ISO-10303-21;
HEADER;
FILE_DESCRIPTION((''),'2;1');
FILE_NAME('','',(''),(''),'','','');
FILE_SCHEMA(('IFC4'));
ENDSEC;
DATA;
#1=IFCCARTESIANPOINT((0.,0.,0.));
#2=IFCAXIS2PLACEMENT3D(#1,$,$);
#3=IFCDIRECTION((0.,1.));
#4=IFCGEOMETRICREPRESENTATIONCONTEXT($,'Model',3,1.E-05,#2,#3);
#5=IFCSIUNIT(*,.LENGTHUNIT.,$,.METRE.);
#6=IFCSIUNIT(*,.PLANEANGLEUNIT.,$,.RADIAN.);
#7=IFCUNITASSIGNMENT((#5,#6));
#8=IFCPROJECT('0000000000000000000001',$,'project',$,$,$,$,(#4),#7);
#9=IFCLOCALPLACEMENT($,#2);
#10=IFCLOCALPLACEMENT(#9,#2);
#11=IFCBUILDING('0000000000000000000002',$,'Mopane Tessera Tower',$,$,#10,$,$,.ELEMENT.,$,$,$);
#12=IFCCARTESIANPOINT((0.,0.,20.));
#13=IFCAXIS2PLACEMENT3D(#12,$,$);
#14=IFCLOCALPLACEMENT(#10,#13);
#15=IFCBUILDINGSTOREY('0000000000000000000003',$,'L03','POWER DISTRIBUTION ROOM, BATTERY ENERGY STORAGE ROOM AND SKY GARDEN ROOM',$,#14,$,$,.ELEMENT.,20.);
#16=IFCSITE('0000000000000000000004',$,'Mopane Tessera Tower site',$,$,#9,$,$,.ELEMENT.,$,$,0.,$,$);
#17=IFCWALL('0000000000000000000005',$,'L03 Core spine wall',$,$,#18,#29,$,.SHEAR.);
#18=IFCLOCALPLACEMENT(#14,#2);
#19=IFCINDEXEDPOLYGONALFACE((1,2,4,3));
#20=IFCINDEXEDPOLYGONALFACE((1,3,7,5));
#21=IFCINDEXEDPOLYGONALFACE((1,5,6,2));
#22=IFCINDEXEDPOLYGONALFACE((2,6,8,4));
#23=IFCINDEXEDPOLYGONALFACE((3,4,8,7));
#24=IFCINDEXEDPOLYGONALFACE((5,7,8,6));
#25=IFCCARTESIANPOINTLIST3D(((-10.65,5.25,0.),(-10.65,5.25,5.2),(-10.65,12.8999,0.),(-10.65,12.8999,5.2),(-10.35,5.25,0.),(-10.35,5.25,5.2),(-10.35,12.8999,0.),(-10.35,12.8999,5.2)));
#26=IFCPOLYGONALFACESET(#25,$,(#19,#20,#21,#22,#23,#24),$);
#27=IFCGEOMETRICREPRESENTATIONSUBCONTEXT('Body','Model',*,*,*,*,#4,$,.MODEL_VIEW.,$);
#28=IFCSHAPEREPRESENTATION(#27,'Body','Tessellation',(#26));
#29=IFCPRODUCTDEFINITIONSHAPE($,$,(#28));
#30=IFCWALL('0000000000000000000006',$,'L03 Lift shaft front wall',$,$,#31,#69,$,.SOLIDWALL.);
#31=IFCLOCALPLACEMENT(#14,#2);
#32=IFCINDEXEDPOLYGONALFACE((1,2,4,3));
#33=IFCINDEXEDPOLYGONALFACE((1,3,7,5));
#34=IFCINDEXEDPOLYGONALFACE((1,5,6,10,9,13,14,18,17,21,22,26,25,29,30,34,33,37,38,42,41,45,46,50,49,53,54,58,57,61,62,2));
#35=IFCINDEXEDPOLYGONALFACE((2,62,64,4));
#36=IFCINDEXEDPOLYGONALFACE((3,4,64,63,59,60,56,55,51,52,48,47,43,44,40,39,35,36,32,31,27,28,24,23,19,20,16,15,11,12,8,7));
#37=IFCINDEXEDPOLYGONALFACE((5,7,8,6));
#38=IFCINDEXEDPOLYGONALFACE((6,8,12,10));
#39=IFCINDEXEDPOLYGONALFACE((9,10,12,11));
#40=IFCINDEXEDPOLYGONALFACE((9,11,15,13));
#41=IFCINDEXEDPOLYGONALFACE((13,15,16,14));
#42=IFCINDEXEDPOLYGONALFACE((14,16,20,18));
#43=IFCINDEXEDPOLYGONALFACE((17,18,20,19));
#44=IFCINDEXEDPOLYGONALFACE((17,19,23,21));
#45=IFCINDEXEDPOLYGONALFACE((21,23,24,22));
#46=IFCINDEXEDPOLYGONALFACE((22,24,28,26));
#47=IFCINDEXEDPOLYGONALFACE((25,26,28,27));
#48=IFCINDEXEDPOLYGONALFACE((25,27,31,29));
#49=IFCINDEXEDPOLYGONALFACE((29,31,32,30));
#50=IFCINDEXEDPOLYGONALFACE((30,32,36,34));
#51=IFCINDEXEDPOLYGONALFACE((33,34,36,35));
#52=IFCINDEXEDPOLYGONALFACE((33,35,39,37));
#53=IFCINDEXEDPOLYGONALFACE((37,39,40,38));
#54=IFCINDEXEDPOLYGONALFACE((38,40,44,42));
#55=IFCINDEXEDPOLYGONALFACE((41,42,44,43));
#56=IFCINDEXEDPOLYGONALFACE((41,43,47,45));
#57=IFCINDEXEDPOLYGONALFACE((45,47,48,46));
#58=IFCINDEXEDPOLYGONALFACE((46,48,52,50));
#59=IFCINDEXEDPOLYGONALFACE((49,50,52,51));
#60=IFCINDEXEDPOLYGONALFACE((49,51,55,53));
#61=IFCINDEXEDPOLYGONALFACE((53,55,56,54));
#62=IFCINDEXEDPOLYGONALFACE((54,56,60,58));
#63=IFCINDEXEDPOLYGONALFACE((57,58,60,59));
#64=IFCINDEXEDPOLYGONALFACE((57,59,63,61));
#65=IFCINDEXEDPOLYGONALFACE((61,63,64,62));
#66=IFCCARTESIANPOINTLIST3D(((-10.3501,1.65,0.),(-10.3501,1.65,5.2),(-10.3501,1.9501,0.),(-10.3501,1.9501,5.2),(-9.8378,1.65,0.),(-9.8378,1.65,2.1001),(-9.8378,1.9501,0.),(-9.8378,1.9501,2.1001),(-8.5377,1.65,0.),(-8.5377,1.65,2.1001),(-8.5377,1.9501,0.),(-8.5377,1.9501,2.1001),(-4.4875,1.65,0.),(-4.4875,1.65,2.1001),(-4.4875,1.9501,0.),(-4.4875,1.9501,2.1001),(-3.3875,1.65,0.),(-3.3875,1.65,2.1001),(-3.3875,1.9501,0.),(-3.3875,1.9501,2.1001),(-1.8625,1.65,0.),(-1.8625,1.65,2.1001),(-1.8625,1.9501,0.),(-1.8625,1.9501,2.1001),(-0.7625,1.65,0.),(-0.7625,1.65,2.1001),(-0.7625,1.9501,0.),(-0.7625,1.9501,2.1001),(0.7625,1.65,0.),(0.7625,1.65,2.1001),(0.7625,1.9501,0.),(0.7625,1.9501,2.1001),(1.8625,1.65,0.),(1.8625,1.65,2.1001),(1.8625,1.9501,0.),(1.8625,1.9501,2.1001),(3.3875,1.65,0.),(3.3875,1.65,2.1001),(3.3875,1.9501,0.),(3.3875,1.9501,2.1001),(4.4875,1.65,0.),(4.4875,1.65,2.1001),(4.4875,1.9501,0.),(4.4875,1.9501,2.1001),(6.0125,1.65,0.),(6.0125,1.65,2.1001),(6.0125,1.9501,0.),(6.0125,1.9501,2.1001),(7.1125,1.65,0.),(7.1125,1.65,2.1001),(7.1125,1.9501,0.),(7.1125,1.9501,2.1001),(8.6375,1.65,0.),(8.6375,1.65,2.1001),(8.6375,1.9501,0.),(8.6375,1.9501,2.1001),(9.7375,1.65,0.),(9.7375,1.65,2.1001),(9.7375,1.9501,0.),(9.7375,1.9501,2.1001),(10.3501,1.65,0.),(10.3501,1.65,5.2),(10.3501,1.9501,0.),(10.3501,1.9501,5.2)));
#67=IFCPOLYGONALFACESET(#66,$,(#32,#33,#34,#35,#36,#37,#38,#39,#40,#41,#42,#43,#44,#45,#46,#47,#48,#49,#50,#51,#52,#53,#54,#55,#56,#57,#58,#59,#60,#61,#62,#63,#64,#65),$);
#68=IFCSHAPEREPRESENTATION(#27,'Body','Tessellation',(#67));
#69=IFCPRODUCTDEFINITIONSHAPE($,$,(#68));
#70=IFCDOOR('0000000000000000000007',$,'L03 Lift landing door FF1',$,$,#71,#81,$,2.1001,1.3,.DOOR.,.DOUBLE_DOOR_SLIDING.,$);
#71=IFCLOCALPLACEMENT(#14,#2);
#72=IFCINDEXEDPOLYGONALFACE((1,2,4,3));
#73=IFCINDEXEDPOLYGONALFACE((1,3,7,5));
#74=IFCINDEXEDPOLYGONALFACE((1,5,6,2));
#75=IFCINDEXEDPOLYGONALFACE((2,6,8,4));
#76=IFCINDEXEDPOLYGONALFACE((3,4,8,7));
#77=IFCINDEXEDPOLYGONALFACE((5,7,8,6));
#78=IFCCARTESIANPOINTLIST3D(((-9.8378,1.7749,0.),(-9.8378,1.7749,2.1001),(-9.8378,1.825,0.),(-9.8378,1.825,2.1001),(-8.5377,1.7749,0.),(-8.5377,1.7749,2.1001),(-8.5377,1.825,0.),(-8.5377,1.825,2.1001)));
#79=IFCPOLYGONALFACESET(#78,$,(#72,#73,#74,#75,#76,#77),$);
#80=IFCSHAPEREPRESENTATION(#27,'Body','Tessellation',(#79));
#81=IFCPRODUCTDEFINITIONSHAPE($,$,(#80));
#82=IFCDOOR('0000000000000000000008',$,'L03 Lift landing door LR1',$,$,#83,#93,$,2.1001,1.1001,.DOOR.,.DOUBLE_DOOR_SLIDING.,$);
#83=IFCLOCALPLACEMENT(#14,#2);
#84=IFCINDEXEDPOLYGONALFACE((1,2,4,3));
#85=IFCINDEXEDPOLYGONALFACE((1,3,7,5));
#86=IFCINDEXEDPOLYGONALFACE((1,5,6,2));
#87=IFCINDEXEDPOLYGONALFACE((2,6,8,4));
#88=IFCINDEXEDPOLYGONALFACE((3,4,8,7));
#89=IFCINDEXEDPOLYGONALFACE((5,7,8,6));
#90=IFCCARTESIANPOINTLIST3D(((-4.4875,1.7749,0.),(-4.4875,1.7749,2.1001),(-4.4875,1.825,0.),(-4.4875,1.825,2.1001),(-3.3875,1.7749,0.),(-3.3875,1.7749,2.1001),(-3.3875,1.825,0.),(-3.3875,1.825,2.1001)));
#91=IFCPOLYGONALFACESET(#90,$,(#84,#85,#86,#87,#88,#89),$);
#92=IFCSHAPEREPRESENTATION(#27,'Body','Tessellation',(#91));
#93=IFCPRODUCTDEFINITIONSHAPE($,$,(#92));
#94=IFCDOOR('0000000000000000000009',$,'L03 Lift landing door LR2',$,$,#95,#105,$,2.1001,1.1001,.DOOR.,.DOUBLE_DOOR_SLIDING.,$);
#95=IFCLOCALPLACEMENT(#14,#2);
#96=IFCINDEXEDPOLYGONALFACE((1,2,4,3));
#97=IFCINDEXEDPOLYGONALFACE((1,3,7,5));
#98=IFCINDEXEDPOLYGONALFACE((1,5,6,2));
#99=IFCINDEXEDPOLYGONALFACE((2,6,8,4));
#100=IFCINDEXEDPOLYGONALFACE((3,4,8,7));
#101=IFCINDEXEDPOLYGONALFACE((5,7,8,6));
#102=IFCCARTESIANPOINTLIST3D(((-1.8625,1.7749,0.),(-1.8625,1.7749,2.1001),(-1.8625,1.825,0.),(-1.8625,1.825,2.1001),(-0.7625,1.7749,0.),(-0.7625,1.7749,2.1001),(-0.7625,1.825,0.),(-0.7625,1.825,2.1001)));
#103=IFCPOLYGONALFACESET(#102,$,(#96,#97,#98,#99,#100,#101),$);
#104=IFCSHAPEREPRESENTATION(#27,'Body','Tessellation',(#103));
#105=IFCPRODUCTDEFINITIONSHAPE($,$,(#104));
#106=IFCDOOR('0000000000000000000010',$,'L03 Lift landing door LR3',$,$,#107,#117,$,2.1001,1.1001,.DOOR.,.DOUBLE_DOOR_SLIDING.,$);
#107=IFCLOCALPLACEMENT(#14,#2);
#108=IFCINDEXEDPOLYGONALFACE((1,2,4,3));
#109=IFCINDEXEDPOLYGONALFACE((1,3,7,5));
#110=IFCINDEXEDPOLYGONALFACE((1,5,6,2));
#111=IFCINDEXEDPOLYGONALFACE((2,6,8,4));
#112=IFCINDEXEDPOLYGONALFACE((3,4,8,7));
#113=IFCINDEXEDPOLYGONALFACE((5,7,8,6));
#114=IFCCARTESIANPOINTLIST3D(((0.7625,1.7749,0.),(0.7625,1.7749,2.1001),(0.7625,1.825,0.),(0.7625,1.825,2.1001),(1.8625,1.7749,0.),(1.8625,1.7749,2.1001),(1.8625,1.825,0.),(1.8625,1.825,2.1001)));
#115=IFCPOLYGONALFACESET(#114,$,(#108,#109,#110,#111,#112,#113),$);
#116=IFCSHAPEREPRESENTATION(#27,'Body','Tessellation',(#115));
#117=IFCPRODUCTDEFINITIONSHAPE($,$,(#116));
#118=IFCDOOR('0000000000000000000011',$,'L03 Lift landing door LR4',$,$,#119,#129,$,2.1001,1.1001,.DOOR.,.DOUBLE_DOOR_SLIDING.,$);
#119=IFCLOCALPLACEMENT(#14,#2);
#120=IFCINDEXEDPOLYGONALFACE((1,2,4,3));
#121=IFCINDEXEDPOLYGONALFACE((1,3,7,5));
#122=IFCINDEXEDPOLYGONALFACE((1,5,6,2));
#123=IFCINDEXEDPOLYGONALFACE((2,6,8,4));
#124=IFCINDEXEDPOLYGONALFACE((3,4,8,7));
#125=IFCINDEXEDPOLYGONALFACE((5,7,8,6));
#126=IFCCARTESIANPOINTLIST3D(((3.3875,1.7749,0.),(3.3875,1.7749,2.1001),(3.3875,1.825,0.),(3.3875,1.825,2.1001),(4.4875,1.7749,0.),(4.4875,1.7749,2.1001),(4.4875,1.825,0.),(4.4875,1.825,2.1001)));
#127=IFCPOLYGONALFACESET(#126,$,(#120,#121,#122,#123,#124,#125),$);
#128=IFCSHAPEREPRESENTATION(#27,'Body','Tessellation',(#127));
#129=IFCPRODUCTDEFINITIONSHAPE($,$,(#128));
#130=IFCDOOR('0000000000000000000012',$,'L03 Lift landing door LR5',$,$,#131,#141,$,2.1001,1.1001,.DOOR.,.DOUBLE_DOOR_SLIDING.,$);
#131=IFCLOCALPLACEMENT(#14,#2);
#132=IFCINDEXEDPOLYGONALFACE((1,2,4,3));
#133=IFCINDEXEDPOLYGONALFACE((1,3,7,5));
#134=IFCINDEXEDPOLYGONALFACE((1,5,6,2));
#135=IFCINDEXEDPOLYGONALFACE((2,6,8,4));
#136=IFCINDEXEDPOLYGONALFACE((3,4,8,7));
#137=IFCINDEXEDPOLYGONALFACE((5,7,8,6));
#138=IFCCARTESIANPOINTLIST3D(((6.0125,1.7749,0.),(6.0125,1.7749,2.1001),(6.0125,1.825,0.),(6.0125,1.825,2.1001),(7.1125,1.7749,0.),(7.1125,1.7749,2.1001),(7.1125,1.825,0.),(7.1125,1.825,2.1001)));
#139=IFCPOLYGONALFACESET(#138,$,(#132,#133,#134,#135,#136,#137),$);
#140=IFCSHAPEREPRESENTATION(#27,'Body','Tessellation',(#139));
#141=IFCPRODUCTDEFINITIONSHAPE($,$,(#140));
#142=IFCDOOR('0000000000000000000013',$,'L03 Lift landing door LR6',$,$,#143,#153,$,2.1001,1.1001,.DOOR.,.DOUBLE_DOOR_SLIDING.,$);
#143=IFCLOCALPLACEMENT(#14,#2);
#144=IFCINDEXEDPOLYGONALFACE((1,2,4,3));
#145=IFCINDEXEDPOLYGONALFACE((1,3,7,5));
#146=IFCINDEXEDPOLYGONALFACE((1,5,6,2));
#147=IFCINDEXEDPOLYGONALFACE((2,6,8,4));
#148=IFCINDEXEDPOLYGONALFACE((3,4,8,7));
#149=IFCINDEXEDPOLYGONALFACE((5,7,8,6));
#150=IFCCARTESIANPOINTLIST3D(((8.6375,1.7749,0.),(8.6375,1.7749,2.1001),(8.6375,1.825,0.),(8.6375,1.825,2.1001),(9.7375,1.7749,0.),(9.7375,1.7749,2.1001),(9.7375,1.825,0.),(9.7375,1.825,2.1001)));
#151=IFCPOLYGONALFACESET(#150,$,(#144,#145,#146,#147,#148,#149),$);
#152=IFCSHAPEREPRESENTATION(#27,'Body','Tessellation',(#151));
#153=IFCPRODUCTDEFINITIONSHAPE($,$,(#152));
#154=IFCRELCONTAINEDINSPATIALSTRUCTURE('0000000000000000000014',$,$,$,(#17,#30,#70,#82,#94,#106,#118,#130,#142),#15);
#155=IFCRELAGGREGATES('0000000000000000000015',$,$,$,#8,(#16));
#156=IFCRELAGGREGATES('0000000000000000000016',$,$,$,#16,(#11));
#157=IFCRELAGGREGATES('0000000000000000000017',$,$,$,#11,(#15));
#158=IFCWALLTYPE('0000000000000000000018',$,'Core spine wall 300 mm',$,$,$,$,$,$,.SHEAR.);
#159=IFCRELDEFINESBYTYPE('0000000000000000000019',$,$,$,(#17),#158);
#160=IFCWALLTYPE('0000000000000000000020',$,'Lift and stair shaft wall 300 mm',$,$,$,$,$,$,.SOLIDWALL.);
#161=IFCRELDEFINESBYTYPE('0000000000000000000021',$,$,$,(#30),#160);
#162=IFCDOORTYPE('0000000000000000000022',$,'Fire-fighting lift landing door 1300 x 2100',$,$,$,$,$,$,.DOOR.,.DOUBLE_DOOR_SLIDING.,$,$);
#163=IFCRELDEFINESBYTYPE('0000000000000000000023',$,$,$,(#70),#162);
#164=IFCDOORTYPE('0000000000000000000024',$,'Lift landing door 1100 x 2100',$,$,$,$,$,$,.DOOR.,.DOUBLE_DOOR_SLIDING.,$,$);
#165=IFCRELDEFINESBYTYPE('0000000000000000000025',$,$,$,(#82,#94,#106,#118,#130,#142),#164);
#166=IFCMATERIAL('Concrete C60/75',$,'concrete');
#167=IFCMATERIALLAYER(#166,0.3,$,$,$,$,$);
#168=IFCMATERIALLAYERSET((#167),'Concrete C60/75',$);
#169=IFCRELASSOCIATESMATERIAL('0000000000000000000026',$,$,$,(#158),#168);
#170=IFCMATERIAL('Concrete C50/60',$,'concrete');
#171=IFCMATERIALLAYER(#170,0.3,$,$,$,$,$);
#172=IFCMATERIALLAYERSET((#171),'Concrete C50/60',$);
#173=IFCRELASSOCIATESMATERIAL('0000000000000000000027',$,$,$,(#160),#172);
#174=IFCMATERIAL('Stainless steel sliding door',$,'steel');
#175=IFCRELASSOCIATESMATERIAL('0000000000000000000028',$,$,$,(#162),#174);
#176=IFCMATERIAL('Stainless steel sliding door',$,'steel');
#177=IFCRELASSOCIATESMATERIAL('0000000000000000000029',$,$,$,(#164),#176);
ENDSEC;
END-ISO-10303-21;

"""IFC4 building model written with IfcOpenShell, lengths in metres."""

from ifc_helpers import new_model, si_unit, direction, frame, frame_2d, origin, place, context, subcontext, project, spatial, rectangle, extrude, material, layer, layer_set, type_object, element, fill, save


model = new_model("IFC4")

# Units and contexts
model_context = context("Model", 3, precision=1e-05, world=origin(), true_north=direction((0.0, 1.0)))
body_context = subcontext(model_context, "Body", "Model", "MODEL_VIEW")
ifc_project = project(units=[si_unit("LENGTHUNIT", "METRE"), si_unit("PLANEANGLEUNIT", "RADIAN")], contexts=[model_context])

# Site, building, storey
site_placement = place(None, origin())
site = spatial("IfcSite", under=ifc_project, at=site_placement, Name="Mopane Tessera Tower site", CompositionType="ELEMENT", RefElevation=0.0)
building_placement = place(site_placement, origin())
building = spatial("IfcBuilding", under=site, at=building_placement, Name="Mopane Tessera Tower", CompositionType="ELEMENT")
storey_placement = place(building_placement, frame((0.0, 0.0, 20.0)))
storey = spatial("IfcBuildingStorey", under=building, at=storey_placement, Name="L03", Description="POWER DISTRIBUTION ROOM, BATTERY ENERGY STORAGE ROOM AND SKY GARDEN ROOM", CompositionType="ELEMENT", Elevation=20.0)

# Wall
ifc_material_1 = material(Name="Concrete C60/75", Category="concrete")
ifc_layer_1 = layer(ifc_material_1, 0.3)
ifc_layer_set_1 = layer_set([ifc_layer_1], Name="Concrete C60/75")
wall_type_1 = type_object("IfcWallType", Name="Core spine wall 300 mm", PredefinedType="SHEAR", material=ifc_layer_set_1)
wall_1_placement = place(storey_placement, frame((-10.5, 5.25, 0.0), z_axis=(0.0, 0.0, 1.0), x_axis=(0.0, 1.0, 0.0)))
element("IfcWall", 1, at=wall_1_placement, inside=storey, type_object=wall_type_1, Name="L03 Core spine wall", PredefinedType="SHEAR", context=body_context, shape_type="SweptSolid", body=[
    extrude(rectangle(XDim=7.6499, YDim=0.3, at=frame_2d((3.825, 0.0))), origin(), (0.0, 0.0, 1.0), 5.2),
])

# Wall, openings, doors
ifc_material_2 = material(Name="Concrete C50/60", Category="concrete")
ifc_layer_2 = layer(ifc_material_2, 0.3)
ifc_layer_set_2 = layer_set([ifc_layer_2], Name="Concrete C50/60")
wall_type_2 = type_object("IfcWallType", Name="Lift and stair shaft wall 300 mm", PredefinedType="SOLIDWALL", material=ifc_layer_set_2)
wall_2_placement = place(storey_placement, frame((-10.3501, 1.8, 0.0), z_axis=(0.0, 0.0, 1.0), x_axis=(1.0, 0.0, 0.0)))
wall_2 = element("IfcWall", 2, at=wall_2_placement, inside=storey, type_object=wall_type_2, Name="L03 Lift shaft front wall", PredefinedType="SOLIDWALL", context=body_context, shape_type="SweptSolid", body=[
    extrude(rectangle(XDim=20.7002, YDim=0.3, at=frame_2d((10.3501, 0.0))), origin(), (0.0, 0.0, 1.0), 5.2),
])
opening_1_placement = place(wall_2_placement, frame((0.5125, 0.0, 0.0)))
opening_1 = element("IfcOpeningElement", 3, at=opening_1_placement, cuts=wall_2, PredefinedType="OPENING", context=body_context, shape_type="SweptSolid", body=[
    extrude(rectangle(XDim=1.3, YDim=2.1001, at=frame_2d((0.6499, 1.05))), frame((0.0, 0.1621, 0.0), z_axis=(0.0, -1.0, 0.0), x_axis=(1.0, 0.0, 0.0)), (0.0, 0.0, 1.0), 0.324),
])
opening_2_placement = place(wall_2_placement, frame((5.8625, 0.0, 0.0)))
opening_2 = element("IfcOpeningElement", 4, at=opening_2_placement, cuts=wall_2, PredefinedType="OPENING", context=body_context, shape_type="SweptSolid", body=[
    extrude(rectangle(XDim=1.1001, YDim=2.1001, at=frame_2d((0.55, 1.05))), frame((0.0, 0.1621, 0.0), z_axis=(0.0, -1.0, 0.0), x_axis=(1.0, 0.0, 0.0)), (0.0, 0.0, 1.0), 0.324),
])
opening_3_placement = place(wall_2_placement, frame((8.4875, 0.0, 0.0)))
opening_3 = element("IfcOpeningElement", 5, at=opening_3_placement, cuts=wall_2, PredefinedType="OPENING", context=body_context, shape_type="SweptSolid", body=[
    extrude(rectangle(XDim=1.1001, YDim=2.1001, at=frame_2d((0.55, 1.05))), frame((0.0, 0.1621, 0.0), z_axis=(0.0, -1.0, 0.0), x_axis=(1.0, 0.0, 0.0)), (0.0, 0.0, 1.0), 0.324),
])
opening_4_placement = place(wall_2_placement, frame((11.1125, 0.0, 0.0)))
opening_4 = element("IfcOpeningElement", 6, at=opening_4_placement, cuts=wall_2, PredefinedType="OPENING", context=body_context, shape_type="SweptSolid", body=[
    extrude(rectangle(XDim=1.1001, YDim=2.1001, at=frame_2d((0.55, 1.05))), frame((0.0, 0.1621, 0.0), z_axis=(0.0, -1.0, 0.0), x_axis=(1.0, 0.0, 0.0)), (0.0, 0.0, 1.0), 0.324),
])
opening_5_placement = place(wall_2_placement, frame((13.7375, 0.0, 0.0)))
opening_5 = element("IfcOpeningElement", 7, at=opening_5_placement, cuts=wall_2, PredefinedType="OPENING", context=body_context, shape_type="SweptSolid", body=[
    extrude(rectangle(XDim=1.1001, YDim=2.1001, at=frame_2d((0.55, 1.05))), frame((0.0, 0.1621, 0.0), z_axis=(0.0, -1.0, 0.0), x_axis=(1.0, 0.0, 0.0)), (0.0, 0.0, 1.0), 0.324),
])
opening_6_placement = place(wall_2_placement, frame((16.3625, 0.0, 0.0)))
opening_6 = element("IfcOpeningElement", 8, at=opening_6_placement, cuts=wall_2, PredefinedType="OPENING", context=body_context, shape_type="SweptSolid", body=[
    extrude(rectangle(XDim=1.1001, YDim=2.1001, at=frame_2d((0.55, 1.05))), frame((0.0, 0.1621, 0.0), z_axis=(0.0, -1.0, 0.0), x_axis=(1.0, 0.0, 0.0)), (0.0, 0.0, 1.0), 0.324),
])
opening_7_placement = place(wall_2_placement, frame((18.9875, 0.0, 0.0)))
opening_7 = element("IfcOpeningElement", 9, at=opening_7_placement, cuts=wall_2, PredefinedType="OPENING", context=body_context, shape_type="SweptSolid", body=[
    extrude(rectangle(XDim=1.1001, YDim=2.1001, at=frame_2d((0.55, 1.05))), frame((0.0, 0.1621, 0.0), z_axis=(0.0, -1.0, 0.0), x_axis=(1.0, 0.0, 0.0)), (0.0, 0.0, 1.0), 0.324),
])
ifc_material_3 = material(Name="Stainless steel sliding door", Category="steel")
door_type_1 = type_object("IfcDoorType", Name="Fire-fighting lift landing door 1300 x 2100", OperationType="DOUBLE_DOOR_SLIDING", PredefinedType="DOOR", material=ifc_material_3)
door_1_placement = place(opening_1_placement, origin())
door_1 = element("IfcDoor", 10, at=door_1_placement, inside=storey, type_object=door_type_1, Name="L03 Lift landing door FF1", OperationType="DOUBLE_DOOR_SLIDING", OverallHeight=2.1001, OverallWidth=1.3, PredefinedType="DOOR", context=body_context, shape_type="SweptSolid", body=[
    extrude(rectangle(XDim=1.3, YDim=2.1001, at=frame_2d((0.6499, 1.05))), frame((0.0, 0.0249, 0.0), z_axis=(0.0, -1.0, 0.0), x_axis=(1.0, 0.0, 0.0)), (0.0, 0.0, 1.0), 0.05),
])
fill(opening_1, door_1)
ifc_material_4 = material(Name="Stainless steel sliding door", Category="steel")
door_type_2 = type_object("IfcDoorType", Name="Lift landing door 1100 x 2100", OperationType="DOUBLE_DOOR_SLIDING", PredefinedType="DOOR", material=ifc_material_4)
door_2_placement = place(opening_2_placement, origin())
door_2 = element("IfcDoor", 11, at=door_2_placement, inside=storey, type_object=door_type_2, Name="L03 Lift landing door LR1", OperationType="DOUBLE_DOOR_SLIDING", OverallHeight=2.1001, OverallWidth=1.1001, PredefinedType="DOOR", context=body_context, shape_type="SweptSolid", body=[
    extrude(rectangle(XDim=1.1001, YDim=2.1001, at=frame_2d((0.55, 1.05))), frame((0.0, 0.0249, 0.0), z_axis=(0.0, -1.0, 0.0), x_axis=(1.0, 0.0, 0.0)), (0.0, 0.0, 1.0), 0.05),
])
fill(opening_2, door_2)
door_3_placement = place(opening_3_placement, origin())
door_3 = element("IfcDoor", 12, at=door_3_placement, inside=storey, type_object=door_type_2, Name="L03 Lift landing door LR2", OperationType="DOUBLE_DOOR_SLIDING", OverallHeight=2.1001, OverallWidth=1.1001, PredefinedType="DOOR", context=body_context, shape_type="SweptSolid", body=[
    extrude(rectangle(XDim=1.1001, YDim=2.1001, at=frame_2d((0.55, 1.05))), frame((0.0, 0.0249, 0.0), z_axis=(0.0, -1.0, 0.0), x_axis=(1.0, 0.0, 0.0)), (0.0, 0.0, 1.0), 0.05),
])
fill(opening_3, door_3)
door_4_placement = place(opening_4_placement, origin())
door_4 = element("IfcDoor", 13, at=door_4_placement, inside=storey, type_object=door_type_2, Name="L03 Lift landing door LR3", OperationType="DOUBLE_DOOR_SLIDING", OverallHeight=2.1001, OverallWidth=1.1001, PredefinedType="DOOR", context=body_context, shape_type="SweptSolid", body=[
    extrude(rectangle(XDim=1.1001, YDim=2.1001, at=frame_2d((0.55, 1.05))), frame((0.0, 0.0249, 0.0), z_axis=(0.0, -1.0, 0.0), x_axis=(1.0, 0.0, 0.0)), (0.0, 0.0, 1.0), 0.05),
])
fill(opening_4, door_4)
door_5_placement = place(opening_5_placement, origin())
door_5 = element("IfcDoor", 14, at=door_5_placement, inside=storey, type_object=door_type_2, Name="L03 Lift landing door LR4", OperationType="DOUBLE_DOOR_SLIDING", OverallHeight=2.1001, OverallWidth=1.1001, PredefinedType="DOOR", context=body_context, shape_type="SweptSolid", body=[
    extrude(rectangle(XDim=1.1001, YDim=2.1001, at=frame_2d((0.55, 1.05))), frame((0.0, 0.0249, 0.0), z_axis=(0.0, -1.0, 0.0), x_axis=(1.0, 0.0, 0.0)), (0.0, 0.0, 1.0), 0.05),
])
fill(opening_5, door_5)
door_6_placement = place(opening_6_placement, origin())
door_6 = element("IfcDoor", 15, at=door_6_placement, inside=storey, type_object=door_type_2, Name="L03 Lift landing door LR5", OperationType="DOUBLE_DOOR_SLIDING", OverallHeight=2.1001, OverallWidth=1.1001, PredefinedType="DOOR", context=body_context, shape_type="SweptSolid", body=[
    extrude(rectangle(XDim=1.1001, YDim=2.1001, at=frame_2d((0.55, 1.05))), frame((0.0, 0.0249, 0.0), z_axis=(0.0, -1.0, 0.0), x_axis=(1.0, 0.0, 0.0)), (0.0, 0.0, 1.0), 0.05),
])
fill(opening_6, door_6)
door_7_placement = place(opening_7_placement, origin())
door_7 = element("IfcDoor", 16, at=door_7_placement, inside=storey, type_object=door_type_2, Name="L03 Lift landing door LR6", OperationType="DOUBLE_DOOR_SLIDING", OverallHeight=2.1001, OverallWidth=1.1001, PredefinedType="DOOR", context=body_context, shape_type="SweptSolid", body=[
    extrude(rectangle(XDim=1.1001, YDim=2.1001, at=frame_2d((0.55, 1.05))), frame((0.0, 0.0249, 0.0), z_axis=(0.0, -1.0, 0.0), x_axis=(1.0, 0.0, 0.0)), (0.0, 0.0, 1.0), 0.05),
])
fill(opening_7, door_7)

save(model, "model.ifc")
